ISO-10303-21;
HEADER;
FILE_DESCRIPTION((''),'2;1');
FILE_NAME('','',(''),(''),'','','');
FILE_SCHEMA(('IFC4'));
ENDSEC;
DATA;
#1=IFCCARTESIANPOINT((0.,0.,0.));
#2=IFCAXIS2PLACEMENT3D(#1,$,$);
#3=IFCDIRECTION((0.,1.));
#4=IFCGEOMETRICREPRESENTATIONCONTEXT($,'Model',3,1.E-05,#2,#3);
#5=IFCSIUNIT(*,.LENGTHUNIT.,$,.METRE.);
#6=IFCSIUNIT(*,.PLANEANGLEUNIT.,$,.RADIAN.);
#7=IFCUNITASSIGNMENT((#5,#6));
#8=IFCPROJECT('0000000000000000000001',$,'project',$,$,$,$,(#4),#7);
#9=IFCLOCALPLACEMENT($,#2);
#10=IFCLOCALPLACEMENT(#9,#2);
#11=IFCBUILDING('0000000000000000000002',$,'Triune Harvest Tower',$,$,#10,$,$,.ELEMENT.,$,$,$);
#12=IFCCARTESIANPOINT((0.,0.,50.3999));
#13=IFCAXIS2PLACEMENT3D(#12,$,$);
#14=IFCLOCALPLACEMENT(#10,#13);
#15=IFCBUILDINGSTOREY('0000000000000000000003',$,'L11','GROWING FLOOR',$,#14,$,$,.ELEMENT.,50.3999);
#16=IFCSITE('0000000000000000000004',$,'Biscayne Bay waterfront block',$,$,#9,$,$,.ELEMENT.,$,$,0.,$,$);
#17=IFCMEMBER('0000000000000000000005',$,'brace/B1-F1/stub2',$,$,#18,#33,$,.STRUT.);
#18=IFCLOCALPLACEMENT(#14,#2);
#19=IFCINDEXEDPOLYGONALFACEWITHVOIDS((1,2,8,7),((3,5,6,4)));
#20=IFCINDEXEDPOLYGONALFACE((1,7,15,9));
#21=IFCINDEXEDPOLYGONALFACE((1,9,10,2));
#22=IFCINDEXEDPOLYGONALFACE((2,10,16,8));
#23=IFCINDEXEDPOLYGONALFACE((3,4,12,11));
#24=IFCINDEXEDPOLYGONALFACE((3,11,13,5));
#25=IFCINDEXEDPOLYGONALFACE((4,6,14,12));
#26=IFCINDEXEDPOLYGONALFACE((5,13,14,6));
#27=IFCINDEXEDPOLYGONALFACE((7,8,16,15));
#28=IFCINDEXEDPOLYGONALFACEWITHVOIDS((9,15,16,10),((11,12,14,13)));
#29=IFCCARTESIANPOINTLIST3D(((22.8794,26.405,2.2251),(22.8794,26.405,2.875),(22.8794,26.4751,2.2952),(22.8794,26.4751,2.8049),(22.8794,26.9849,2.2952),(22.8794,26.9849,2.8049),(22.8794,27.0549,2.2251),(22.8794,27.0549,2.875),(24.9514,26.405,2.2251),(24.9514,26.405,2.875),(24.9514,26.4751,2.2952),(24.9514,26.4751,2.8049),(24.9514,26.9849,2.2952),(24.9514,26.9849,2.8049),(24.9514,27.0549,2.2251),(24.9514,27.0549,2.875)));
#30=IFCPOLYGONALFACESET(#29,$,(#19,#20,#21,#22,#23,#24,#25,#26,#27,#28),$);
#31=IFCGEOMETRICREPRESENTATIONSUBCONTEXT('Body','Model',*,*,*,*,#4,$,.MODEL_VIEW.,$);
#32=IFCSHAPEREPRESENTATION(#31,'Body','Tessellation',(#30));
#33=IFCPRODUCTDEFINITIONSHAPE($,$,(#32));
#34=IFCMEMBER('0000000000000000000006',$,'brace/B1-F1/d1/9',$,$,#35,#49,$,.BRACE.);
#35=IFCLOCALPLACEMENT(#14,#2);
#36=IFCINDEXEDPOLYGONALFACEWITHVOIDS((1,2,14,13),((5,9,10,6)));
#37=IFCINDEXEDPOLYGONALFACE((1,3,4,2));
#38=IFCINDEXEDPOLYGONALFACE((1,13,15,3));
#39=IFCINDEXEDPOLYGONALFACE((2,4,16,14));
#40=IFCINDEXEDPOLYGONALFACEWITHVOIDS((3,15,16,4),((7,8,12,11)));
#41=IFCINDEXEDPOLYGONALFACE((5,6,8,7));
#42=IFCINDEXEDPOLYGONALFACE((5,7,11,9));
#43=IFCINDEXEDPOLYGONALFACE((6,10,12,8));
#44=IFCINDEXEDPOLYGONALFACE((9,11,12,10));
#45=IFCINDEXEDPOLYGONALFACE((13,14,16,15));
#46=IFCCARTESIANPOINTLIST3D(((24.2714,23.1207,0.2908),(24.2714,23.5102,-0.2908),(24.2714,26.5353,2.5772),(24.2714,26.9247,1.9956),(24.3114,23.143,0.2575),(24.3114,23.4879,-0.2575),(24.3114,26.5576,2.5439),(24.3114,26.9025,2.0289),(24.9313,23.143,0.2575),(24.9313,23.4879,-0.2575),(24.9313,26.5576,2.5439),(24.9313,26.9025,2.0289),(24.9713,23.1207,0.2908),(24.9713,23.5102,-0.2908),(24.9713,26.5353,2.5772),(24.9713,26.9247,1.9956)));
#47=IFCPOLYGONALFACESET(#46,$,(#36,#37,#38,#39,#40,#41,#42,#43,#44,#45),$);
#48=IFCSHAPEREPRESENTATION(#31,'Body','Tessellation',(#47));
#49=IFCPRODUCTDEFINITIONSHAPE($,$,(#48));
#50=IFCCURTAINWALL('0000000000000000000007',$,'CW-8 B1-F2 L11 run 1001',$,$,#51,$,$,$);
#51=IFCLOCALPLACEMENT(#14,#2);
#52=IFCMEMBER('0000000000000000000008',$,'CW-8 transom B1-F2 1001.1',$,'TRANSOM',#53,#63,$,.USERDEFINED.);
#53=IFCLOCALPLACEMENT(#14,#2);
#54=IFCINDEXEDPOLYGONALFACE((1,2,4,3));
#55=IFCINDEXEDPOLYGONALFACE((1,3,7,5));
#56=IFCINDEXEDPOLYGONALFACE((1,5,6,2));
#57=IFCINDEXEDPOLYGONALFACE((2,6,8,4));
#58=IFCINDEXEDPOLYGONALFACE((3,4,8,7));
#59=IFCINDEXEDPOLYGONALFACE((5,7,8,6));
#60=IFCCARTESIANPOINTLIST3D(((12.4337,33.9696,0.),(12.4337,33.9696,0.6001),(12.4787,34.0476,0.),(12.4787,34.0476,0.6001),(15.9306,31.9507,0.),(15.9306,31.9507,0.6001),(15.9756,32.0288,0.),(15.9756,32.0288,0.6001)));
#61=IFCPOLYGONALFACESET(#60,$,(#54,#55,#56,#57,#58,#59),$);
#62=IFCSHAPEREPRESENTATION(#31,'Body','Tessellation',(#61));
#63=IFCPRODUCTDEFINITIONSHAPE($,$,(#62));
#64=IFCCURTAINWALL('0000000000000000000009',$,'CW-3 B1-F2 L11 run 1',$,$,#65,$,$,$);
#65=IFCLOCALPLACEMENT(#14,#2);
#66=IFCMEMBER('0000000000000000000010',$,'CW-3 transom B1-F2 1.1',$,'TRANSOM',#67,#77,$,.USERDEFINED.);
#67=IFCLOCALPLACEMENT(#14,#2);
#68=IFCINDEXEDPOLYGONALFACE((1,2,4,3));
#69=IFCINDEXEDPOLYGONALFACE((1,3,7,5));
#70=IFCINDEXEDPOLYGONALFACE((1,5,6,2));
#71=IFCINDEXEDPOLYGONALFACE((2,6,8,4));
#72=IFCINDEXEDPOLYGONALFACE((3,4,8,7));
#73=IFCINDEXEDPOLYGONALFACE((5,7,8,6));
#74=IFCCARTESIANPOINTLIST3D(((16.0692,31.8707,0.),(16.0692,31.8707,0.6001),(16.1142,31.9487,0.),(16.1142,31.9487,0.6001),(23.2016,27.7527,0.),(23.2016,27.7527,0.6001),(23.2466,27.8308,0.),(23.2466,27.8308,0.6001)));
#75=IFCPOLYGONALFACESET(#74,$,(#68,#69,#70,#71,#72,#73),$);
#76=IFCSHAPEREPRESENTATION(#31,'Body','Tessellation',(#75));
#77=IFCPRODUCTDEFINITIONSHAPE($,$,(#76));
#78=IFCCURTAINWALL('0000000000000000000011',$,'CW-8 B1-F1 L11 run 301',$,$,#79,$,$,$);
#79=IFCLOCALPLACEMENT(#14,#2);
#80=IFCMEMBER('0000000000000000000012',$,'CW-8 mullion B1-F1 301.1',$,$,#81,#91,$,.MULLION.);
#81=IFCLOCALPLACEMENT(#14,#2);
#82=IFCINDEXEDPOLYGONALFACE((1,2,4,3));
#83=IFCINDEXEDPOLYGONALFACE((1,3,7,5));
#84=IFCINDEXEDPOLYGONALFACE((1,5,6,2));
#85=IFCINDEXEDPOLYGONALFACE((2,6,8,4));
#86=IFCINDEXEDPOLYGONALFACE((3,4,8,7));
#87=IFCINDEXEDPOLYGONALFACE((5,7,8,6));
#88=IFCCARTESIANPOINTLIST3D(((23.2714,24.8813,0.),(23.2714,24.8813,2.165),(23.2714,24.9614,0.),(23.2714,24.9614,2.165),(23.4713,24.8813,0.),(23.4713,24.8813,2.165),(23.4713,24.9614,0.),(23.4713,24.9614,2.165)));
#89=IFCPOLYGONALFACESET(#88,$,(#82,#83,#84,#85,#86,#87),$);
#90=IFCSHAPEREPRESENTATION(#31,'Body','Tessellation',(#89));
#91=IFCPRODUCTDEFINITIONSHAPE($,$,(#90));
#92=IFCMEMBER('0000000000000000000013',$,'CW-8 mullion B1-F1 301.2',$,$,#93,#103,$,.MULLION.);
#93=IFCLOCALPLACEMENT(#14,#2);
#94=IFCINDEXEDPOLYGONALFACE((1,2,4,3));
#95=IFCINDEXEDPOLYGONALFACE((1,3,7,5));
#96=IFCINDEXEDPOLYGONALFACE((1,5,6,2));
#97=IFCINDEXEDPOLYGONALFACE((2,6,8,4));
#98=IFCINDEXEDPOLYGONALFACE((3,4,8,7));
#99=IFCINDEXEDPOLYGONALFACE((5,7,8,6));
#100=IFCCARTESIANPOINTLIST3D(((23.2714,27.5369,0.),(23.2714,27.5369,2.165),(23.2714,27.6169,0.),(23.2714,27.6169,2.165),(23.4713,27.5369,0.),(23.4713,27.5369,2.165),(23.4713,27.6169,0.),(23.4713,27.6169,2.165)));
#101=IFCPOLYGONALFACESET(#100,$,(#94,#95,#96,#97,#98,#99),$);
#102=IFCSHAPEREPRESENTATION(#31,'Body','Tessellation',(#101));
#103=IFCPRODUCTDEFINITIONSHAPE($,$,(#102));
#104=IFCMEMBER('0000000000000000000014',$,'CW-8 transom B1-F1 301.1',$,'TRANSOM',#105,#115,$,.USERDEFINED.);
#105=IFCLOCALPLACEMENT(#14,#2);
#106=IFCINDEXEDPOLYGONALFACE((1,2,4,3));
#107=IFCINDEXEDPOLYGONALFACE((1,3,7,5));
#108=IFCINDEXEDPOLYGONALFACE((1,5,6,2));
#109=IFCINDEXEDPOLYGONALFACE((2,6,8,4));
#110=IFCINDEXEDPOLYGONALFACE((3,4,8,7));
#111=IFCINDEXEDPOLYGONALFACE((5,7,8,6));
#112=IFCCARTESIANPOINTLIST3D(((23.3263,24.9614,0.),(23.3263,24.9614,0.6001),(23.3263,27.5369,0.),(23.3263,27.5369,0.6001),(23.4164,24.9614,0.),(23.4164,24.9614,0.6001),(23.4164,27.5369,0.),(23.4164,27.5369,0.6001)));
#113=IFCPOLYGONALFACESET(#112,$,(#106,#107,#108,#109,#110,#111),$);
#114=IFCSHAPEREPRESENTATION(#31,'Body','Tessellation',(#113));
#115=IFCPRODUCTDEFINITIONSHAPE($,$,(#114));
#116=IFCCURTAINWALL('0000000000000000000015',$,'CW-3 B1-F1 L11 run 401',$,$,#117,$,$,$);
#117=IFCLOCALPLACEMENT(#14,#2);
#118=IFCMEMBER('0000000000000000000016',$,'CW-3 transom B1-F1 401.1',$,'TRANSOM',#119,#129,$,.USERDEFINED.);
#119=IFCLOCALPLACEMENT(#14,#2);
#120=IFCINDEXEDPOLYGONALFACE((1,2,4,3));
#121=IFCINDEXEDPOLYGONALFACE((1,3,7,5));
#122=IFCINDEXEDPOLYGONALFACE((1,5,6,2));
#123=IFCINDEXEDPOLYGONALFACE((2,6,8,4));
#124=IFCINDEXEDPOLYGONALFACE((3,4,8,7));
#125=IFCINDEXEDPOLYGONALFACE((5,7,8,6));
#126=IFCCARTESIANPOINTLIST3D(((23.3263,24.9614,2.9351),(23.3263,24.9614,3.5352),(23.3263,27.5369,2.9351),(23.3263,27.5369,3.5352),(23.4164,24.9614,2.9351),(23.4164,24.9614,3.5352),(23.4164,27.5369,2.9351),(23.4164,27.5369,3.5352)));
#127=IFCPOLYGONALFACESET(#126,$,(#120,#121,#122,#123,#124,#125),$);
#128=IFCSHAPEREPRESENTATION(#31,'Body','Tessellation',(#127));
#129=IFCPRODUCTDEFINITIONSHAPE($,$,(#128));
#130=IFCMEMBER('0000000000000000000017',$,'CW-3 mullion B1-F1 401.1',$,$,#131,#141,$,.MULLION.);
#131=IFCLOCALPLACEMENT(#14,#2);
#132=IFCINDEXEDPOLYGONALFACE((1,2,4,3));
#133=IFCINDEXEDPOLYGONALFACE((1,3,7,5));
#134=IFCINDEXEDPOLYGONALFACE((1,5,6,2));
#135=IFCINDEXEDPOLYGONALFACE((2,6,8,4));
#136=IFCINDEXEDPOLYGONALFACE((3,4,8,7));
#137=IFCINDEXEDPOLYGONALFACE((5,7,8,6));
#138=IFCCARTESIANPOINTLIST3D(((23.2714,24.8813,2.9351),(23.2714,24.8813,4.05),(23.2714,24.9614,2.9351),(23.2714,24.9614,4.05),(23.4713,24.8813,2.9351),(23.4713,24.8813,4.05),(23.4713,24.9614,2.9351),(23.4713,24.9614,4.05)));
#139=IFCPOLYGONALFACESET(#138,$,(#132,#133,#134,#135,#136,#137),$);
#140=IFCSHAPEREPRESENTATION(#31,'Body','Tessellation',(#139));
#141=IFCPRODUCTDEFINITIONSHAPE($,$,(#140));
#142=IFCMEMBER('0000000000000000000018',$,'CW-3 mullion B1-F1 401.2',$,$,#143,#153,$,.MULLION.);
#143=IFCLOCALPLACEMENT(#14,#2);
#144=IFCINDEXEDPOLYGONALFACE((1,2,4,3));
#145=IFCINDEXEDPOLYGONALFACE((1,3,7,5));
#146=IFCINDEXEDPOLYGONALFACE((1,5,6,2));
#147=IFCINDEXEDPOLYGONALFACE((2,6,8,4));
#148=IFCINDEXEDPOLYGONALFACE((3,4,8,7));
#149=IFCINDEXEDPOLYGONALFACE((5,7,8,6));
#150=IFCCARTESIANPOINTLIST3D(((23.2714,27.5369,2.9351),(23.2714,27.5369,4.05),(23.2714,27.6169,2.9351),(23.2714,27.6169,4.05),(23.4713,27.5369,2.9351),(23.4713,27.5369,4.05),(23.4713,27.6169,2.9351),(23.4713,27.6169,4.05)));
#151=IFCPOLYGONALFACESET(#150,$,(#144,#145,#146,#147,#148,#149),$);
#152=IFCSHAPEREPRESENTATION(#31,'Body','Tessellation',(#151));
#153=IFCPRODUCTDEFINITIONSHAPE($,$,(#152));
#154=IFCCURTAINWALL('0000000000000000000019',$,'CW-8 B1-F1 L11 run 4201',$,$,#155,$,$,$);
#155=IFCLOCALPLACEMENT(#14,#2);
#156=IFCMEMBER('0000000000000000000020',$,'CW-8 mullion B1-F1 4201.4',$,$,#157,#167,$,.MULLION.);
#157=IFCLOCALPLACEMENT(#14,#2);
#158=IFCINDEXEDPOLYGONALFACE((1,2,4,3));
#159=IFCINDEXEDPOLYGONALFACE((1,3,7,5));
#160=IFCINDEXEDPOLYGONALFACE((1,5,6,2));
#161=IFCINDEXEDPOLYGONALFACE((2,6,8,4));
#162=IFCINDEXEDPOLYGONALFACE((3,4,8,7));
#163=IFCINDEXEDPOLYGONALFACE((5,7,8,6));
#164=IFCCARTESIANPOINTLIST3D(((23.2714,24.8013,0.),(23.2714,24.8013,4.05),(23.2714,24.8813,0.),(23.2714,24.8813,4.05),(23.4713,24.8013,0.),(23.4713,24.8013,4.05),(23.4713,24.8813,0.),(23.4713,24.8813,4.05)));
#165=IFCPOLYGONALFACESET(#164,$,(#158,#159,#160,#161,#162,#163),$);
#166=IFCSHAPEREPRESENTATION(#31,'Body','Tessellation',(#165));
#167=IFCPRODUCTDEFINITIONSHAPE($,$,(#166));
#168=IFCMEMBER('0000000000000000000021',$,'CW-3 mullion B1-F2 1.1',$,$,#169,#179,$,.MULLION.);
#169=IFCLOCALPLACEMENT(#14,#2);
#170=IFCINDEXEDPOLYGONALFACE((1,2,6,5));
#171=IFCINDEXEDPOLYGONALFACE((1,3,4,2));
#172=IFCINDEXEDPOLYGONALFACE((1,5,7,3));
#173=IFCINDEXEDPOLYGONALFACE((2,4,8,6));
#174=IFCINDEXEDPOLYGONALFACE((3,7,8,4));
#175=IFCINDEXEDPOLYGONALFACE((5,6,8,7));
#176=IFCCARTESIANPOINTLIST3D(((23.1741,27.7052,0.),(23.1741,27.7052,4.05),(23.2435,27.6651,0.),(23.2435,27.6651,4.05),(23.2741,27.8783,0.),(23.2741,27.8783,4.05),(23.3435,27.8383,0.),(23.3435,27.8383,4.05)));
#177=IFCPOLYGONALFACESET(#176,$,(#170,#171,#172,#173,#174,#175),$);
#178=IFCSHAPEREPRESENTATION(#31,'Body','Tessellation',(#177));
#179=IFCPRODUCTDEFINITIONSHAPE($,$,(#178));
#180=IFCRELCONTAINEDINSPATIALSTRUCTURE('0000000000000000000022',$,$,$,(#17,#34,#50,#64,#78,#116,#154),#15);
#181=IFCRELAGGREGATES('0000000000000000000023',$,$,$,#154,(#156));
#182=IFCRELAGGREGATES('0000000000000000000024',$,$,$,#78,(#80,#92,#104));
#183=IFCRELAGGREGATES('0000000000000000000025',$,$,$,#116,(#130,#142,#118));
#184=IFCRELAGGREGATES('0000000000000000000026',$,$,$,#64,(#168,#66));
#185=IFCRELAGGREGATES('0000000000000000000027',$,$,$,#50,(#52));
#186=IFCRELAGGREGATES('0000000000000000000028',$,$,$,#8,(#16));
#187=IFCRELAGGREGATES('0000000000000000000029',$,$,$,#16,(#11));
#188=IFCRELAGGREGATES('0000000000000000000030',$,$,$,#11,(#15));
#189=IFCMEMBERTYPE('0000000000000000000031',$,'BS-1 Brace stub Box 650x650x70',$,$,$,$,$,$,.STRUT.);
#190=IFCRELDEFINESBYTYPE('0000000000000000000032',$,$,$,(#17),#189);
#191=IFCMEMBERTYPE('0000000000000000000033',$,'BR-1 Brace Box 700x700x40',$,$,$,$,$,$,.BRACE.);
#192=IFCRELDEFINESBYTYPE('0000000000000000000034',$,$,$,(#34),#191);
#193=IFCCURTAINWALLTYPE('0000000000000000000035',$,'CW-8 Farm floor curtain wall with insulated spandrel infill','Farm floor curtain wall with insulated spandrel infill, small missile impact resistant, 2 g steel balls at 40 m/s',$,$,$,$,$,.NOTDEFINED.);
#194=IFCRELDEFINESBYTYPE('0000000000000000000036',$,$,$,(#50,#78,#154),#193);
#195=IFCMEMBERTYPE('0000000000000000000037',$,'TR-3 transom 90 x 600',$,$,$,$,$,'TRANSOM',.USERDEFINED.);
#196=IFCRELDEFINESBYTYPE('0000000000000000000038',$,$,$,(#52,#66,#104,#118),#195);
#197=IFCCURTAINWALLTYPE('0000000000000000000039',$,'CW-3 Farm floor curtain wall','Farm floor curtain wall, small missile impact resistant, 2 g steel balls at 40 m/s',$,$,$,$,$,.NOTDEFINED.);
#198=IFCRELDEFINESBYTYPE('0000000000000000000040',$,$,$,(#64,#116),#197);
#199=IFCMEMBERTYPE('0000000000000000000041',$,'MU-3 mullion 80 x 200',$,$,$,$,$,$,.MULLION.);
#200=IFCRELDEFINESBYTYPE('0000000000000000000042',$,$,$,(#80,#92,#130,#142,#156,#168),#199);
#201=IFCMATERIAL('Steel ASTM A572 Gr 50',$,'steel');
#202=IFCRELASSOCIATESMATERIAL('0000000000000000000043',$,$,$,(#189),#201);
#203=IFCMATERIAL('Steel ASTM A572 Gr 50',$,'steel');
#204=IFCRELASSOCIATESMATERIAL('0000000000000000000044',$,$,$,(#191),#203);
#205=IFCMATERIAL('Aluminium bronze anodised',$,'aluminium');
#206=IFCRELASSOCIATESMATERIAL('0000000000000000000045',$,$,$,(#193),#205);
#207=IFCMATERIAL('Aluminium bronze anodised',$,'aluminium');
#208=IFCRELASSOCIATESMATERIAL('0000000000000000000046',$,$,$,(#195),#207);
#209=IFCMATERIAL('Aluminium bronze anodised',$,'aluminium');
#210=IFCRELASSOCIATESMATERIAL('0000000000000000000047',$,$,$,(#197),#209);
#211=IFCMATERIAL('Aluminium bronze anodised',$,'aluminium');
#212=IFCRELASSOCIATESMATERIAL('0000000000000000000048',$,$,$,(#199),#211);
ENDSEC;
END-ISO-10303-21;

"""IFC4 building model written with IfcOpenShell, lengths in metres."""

from ifc_helpers import new_model, si_unit, direction, frame, origin, origin_2d, place, context, subcontext, project, spatial, rectangle, hollow_rectangle, extrude, source, transform, mapped, material, material_profile, profile_set, type_object, element, aggregate, save


model = new_model("IFC4")

# Units and contexts
model_context = context("Model", 3, precision=1e-05, world=origin(), true_north=direction((0.0, 1.0)))
body_context = subcontext(model_context, "Body", "Model", "MODEL_VIEW")
ifc_project = project(units=[si_unit("LENGTHUNIT", "METRE"), si_unit("PLANEANGLEUNIT", "RADIAN")], contexts=[model_context])

# Site, building, storey
site_placement = place(None, origin())
site = spatial("IfcSite", under=ifc_project, at=site_placement, Name="Biscayne Bay waterfront block", CompositionType="ELEMENT", RefElevation=0.0)
building_placement = place(site_placement, origin())
building = spatial("IfcBuilding", under=site, at=building_placement, Name="Triune Harvest Tower", CompositionType="ELEMENT")
storey_placement = place(building_placement, frame((0.0, 0.0, 50.3999)))
storey = spatial("IfcBuildingStorey", under=building, at=storey_placement, Name="L11", Description="GROWING FLOOR", CompositionType="ELEMENT", Elevation=50.3999)

# Members
ifc_material_1 = material(Name="Steel ASTM A572 Gr 50", Category="steel")
ifc_material_profile_1 = material_profile(ifc_material_1, hollow_rectangle(XDim=0.6499, YDim=0.6499, WallThickness=0.0701, at=origin_2d()), Name="Box 650x650x70")
ifc_profile_set_1 = profile_set([ifc_material_profile_1], Name="Steel ASTM A572 Gr 50")
member_type_1 = type_object("IfcMemberType", Name="BS-1 Brace stub Box 650x650x70", PredefinedType="STRUT", material=ifc_profile_set_1)
shared_shape_1 = source(origin(), body_context, "Body", "SweptSolid", [
    extrude(hollow_rectangle(XDim=0.6499, YDim=0.6499, WallThickness=0.0701, at=origin_2d()), origin(), (0.0, 0.0, 1.0), 2.072),
])
member_1_placement = place(storey_placement, frame((22.8794, 26.73, 2.55), z_axis=(1.0, 0.0, 0.0), x_axis=(0.0, 1.0, 0.0)))
element("IfcMember", 1, at=member_1_placement, inside=storey, type_object=member_type_1, Name="brace/B1-F1/stub2", PredefinedType="STRUT", context=body_context, shape_type="MappedRepresentation", body=[
    mapped(shared_shape_1, transform((0.0, 0.0, 0.0), scale=1.0)),
])
ifc_material_2 = material(Name="Steel ASTM A572 Gr 50", Category="steel")
ifc_material_profile_2 = material_profile(ifc_material_2, hollow_rectangle(XDim=0.7, YDim=0.7, WallThickness=0.04, at=origin_2d()), Name="Box 700x700x40")
ifc_profile_set_2 = profile_set([ifc_material_profile_2], Name="Steel ASTM A572 Gr 50")
member_type_2 = type_object("IfcMemberType", Name="BR-1 Brace Box 700x700x40", PredefinedType="BRACE", material=ifc_profile_set_2)
shared_shape_2 = source(origin(), body_context, "Body", "SweptSolid", [
    extrude(hollow_rectangle(XDim=0.7, YDim=0.7, WallThickness=0.04, at=origin_2d()), origin(), (0.0, 0.0, 1.0), 4.1094),
])
member_2_placement = place(storey_placement, frame((24.6213, 23.3154, 0.0), z_axis=(0.0, 0.830924, 0.556385), x_axis=(-1.0, 0.0, 0.0)))
element("IfcMember", 2, at=member_2_placement, inside=storey, type_object=member_type_2, Name="brace/B1-F1/d1/9", PredefinedType="BRACE", context=body_context, shape_type="MappedRepresentation", body=[
    mapped(shared_shape_2, transform((0.0, 0.0, 0.0), scale=1.0)),
])

# Curtain walls, members
ifc_material_3 = material(Name="Aluminium bronze anodised", Category="aluminium")
curtain_wall_type_1 = type_object("IfcCurtainWallType", Name="CW-8 Farm floor curtain wall with insulated spandrel infill", Description="Farm floor curtain wall with insulated spandrel infill, small missile impact resistant, 2 g steel balls at 40 m/s", PredefinedType="NOTDEFINED", material=ifc_material_3)
curtain_wall_1_placement = place(storey_placement, origin())
curtain_wall_1 = element("IfcCurtainWall", 3, at=curtain_wall_1_placement, inside=storey, type_object=curtain_wall_type_1, Name="CW-8 B1-F2 L11 run 1001")
ifc_material_4 = material(Name="Aluminium bronze anodised", Category="aluminium")
ifc_material_profile_3 = material_profile(ifc_material_4, rectangle(XDim=0.0901, YDim=0.6001, at=origin_2d()), Name="TR-3 transom 90 x 600")
ifc_profile_set_3 = profile_set([ifc_material_profile_3], Name="Aluminium bronze anodised")
member_type_3 = type_object("IfcMemberType", Name="TR-3 transom 90 x 600", ElementType="TRANSOM", PredefinedType="USERDEFINED", material=ifc_profile_set_3)
shared_shape_3 = source(origin(), body_context, "Body", "SweptSolid", [
    extrude(rectangle(XDim=0.0901, YDim=0.6001, at=origin_2d()), origin(), (0.0, 0.0, 1.0), 4.0378),
])
member_3_placement = place(storey_placement, frame((15.9531, 31.9897, 0.3), z_axis=(-0.866036, 0.499982, 0.0), x_axis=(-0.499982, -0.866036, 0.0)))
member_3 = element("IfcMember", 4, at=member_3_placement, type_object=member_type_3, Name="CW-8 transom B1-F2 1001.1", ObjectType="TRANSOM", PredefinedType="USERDEFINED", context=body_context, shape_type="MappedRepresentation", body=[
    mapped(shared_shape_3, transform((0.0, 0.0, 0.0), scale=1.0)),
])
ifc_material_5 = material(Name="Aluminium bronze anodised", Category="aluminium")
curtain_wall_type_2 = type_object("IfcCurtainWallType", Name="CW-3 Farm floor curtain wall", Description="Farm floor curtain wall, small missile impact resistant, 2 g steel balls at 40 m/s", PredefinedType="NOTDEFINED", material=ifc_material_5)
curtain_wall_2_placement = place(storey_placement, origin())
curtain_wall_2 = element("IfcCurtainWall", 5, at=curtain_wall_2_placement, inside=storey, type_object=curtain_wall_type_2, Name="CW-3 B1-F2 L11 run 1")
shared_shape_4 = source(origin(), body_context, "Body", "SweptSolid", [
    extrude(rectangle(XDim=0.0901, YDim=0.6001, at=origin_2d()), origin(), (0.0, 0.0, 1.0), 8.2358),
])
member_4_placement = place(storey_placement, frame((23.2241, 27.7917, 0.3), z_axis=(-0.866022, 0.500006, 0.0), x_axis=(-0.500006, -0.866022, 0.0)))
member_4 = element("IfcMember", 6, at=member_4_placement, type_object=member_type_3, Name="CW-3 transom B1-F2 1.1", ObjectType="TRANSOM", PredefinedType="USERDEFINED", context=body_context, shape_type="MappedRepresentation", body=[
    mapped(shared_shape_4, transform((0.0, 0.0, 0.0), scale=1.0)),
])

# Curtain walls, members
curtain_wall_3_placement = place(storey_placement, origin())
curtain_wall_3 = element("IfcCurtainWall", 7, at=curtain_wall_3_placement, inside=storey, type_object=curtain_wall_type_1, Name="CW-8 B1-F1 L11 run 301")
ifc_material_6 = material(Name="Aluminium bronze anodised", Category="aluminium")
ifc_material_profile_4 = material_profile(ifc_material_6, rectangle(XDim=0.2, YDim=0.0801, at=origin_2d()), Name="MU-3 mullion 80 x 200")
ifc_profile_set_4 = profile_set([ifc_material_profile_4], Name="Aluminium bronze anodised")
member_type_4 = type_object("IfcMemberType", Name="MU-3 mullion 80 x 200", PredefinedType="MULLION", material=ifc_profile_set_4)
shared_shape_5 = source(origin(), body_context, "Body", "SweptSolid", [
    extrude(rectangle(XDim=0.2, YDim=0.0801, at=origin_2d()), origin(), (0.0, 0.0, 1.0), 2.165),
])
member_5_placement = place(storey_placement, frame((23.3713, 24.9214, 0.0), z_axis=(0.0, 0.0, 1.0), x_axis=(-1.0, 0.0, 0.0)))
member_5 = element("IfcMember", 8, at=member_5_placement, type_object=member_type_4, Name="CW-8 mullion B1-F1 301.1", PredefinedType="MULLION", context=body_context, shape_type="MappedRepresentation", body=[
    mapped(shared_shape_5, transform((0.0, 0.0, 0.0), scale=1.0)),
])
member_6_placement = place(storey_placement, frame((23.3713, 27.5769, 0.0), z_axis=(0.0, 0.0, 1.0), x_axis=(-1.0, 0.0, 0.0)))
member_6 = element("IfcMember", 9, at=member_6_placement, type_object=member_type_4, Name="CW-8 mullion B1-F1 301.2", PredefinedType="MULLION", context=body_context, shape_type="MappedRepresentation", body=[
    mapped(shared_shape_5, transform((0.0, 0.0, 0.0), scale=1.0)),
])
shared_shape_6 = source(origin(), body_context, "Body", "SweptSolid", [
    extrude(rectangle(XDim=0.0901, YDim=0.6001, at=origin_2d()), origin(), (0.0, 0.0, 1.0), 2.5754),
])
member_7_placement = place(storey_placement, frame((23.3713, 24.9614, 0.3), z_axis=(0.0, 1.0, 0.0), x_axis=(-1.0, 0.0, 0.0)))
member_7 = element("IfcMember", 10, at=member_7_placement, type_object=member_type_3, Name="CW-8 transom B1-F1 301.1", ObjectType="TRANSOM", PredefinedType="USERDEFINED", context=body_context, shape_type="MappedRepresentation", body=[
    mapped(shared_shape_6, transform((0.0, 0.0, 0.0), scale=1.0)),
])
curtain_wall_4_placement = place(storey_placement, origin())
curtain_wall_4 = element("IfcCurtainWall", 11, at=curtain_wall_4_placement, inside=storey, type_object=curtain_wall_type_2, Name="CW-3 B1-F1 L11 run 401")
member_8_placement = place(storey_placement, frame((23.3713, 24.9614, 3.2351), z_axis=(0.0, 1.0, 0.0), x_axis=(-1.0, 0.0, 0.0)))
member_8 = element("IfcMember", 12, at=member_8_placement, type_object=member_type_3, Name="CW-3 transom B1-F1 401.1", ObjectType="TRANSOM", PredefinedType="USERDEFINED", context=body_context, shape_type="MappedRepresentation", body=[
    mapped(shared_shape_6, transform((0.0, 0.0, 0.0), scale=1.0)),
])
shared_shape_7 = source(origin(), body_context, "Body", "SweptSolid", [
    extrude(rectangle(XDim=0.2, YDim=0.0801, at=origin_2d()), origin(), (0.0, 0.0, 1.0), 1.115),
])
member_9_placement = place(storey_placement, frame((23.3713, 24.9214, 2.9351), z_axis=(0.0, 0.0, 1.0), x_axis=(-1.0, 0.0, 0.0)))
member_9 = element("IfcMember", 13, at=member_9_placement, type_object=member_type_4, Name="CW-3 mullion B1-F1 401.1", PredefinedType="MULLION", context=body_context, shape_type="MappedRepresentation", body=[
    mapped(shared_shape_7, transform((0.0, 0.0, 0.0), scale=1.0)),
])
member_10_placement = place(storey_placement, frame((23.3713, 27.5769, 2.9351), z_axis=(0.0, 0.0, 1.0), x_axis=(-1.0, 0.0, 0.0)))
member_10 = element("IfcMember", 14, at=member_10_placement, type_object=member_type_4, Name="CW-3 mullion B1-F1 401.2", PredefinedType="MULLION", context=body_context, shape_type="MappedRepresentation", body=[
    mapped(shared_shape_7, transform((0.0, 0.0, 0.0), scale=1.0)),
])

# Curtain wall, member
curtain_wall_5_placement = place(storey_placement, origin())
curtain_wall_5 = element("IfcCurtainWall", 15, at=curtain_wall_5_placement, inside=storey, type_object=curtain_wall_type_1, Name="CW-8 B1-F1 L11 run 4201")
shared_shape_8 = source(origin(), body_context, "Body", "SweptSolid", [
    extrude(rectangle(XDim=0.2, YDim=0.0801, at=origin_2d()), origin(), (0.0, 0.0, 1.0), 4.05),
])
member_11_placement = place(storey_placement, frame((23.3713, 24.8413, 0.0), z_axis=(0.0, 0.0, 1.0), x_axis=(-1.0, 0.0, 0.0)))
member_11 = element("IfcMember", 16, at=member_11_placement, type_object=member_type_4, Name="CW-8 mullion B1-F1 4201.4", PredefinedType="MULLION", context=body_context, shape_type="MappedRepresentation", body=[
    mapped(shared_shape_8, transform((0.0, 0.0, 0.0), scale=1.0)),
])
aggregate(curtain_wall_5, [member_11])

# Member
member_12_placement = place(storey_placement, frame((23.2588, 27.7717, 0.0), z_axis=(0.0, 0.0, 1.0), x_axis=(-0.500001, -0.866025, 0.0)))
member_12 = element("IfcMember", 17, at=member_12_placement, type_object=member_type_4, Name="CW-3 mullion B1-F2 1.1", PredefinedType="MULLION", context=body_context, shape_type="MappedRepresentation", body=[
    mapped(shared_shape_8, transform((0.0, 0.0, 0.0), scale=1.0)),
])

aggregate(curtain_wall_3, [member_5, member_6, member_7])
aggregate(curtain_wall_4, [member_9, member_10, member_8])
aggregate(curtain_wall_2, [member_12, member_4])
aggregate(curtain_wall_1, [member_3])

save(model, "model.ifc")
